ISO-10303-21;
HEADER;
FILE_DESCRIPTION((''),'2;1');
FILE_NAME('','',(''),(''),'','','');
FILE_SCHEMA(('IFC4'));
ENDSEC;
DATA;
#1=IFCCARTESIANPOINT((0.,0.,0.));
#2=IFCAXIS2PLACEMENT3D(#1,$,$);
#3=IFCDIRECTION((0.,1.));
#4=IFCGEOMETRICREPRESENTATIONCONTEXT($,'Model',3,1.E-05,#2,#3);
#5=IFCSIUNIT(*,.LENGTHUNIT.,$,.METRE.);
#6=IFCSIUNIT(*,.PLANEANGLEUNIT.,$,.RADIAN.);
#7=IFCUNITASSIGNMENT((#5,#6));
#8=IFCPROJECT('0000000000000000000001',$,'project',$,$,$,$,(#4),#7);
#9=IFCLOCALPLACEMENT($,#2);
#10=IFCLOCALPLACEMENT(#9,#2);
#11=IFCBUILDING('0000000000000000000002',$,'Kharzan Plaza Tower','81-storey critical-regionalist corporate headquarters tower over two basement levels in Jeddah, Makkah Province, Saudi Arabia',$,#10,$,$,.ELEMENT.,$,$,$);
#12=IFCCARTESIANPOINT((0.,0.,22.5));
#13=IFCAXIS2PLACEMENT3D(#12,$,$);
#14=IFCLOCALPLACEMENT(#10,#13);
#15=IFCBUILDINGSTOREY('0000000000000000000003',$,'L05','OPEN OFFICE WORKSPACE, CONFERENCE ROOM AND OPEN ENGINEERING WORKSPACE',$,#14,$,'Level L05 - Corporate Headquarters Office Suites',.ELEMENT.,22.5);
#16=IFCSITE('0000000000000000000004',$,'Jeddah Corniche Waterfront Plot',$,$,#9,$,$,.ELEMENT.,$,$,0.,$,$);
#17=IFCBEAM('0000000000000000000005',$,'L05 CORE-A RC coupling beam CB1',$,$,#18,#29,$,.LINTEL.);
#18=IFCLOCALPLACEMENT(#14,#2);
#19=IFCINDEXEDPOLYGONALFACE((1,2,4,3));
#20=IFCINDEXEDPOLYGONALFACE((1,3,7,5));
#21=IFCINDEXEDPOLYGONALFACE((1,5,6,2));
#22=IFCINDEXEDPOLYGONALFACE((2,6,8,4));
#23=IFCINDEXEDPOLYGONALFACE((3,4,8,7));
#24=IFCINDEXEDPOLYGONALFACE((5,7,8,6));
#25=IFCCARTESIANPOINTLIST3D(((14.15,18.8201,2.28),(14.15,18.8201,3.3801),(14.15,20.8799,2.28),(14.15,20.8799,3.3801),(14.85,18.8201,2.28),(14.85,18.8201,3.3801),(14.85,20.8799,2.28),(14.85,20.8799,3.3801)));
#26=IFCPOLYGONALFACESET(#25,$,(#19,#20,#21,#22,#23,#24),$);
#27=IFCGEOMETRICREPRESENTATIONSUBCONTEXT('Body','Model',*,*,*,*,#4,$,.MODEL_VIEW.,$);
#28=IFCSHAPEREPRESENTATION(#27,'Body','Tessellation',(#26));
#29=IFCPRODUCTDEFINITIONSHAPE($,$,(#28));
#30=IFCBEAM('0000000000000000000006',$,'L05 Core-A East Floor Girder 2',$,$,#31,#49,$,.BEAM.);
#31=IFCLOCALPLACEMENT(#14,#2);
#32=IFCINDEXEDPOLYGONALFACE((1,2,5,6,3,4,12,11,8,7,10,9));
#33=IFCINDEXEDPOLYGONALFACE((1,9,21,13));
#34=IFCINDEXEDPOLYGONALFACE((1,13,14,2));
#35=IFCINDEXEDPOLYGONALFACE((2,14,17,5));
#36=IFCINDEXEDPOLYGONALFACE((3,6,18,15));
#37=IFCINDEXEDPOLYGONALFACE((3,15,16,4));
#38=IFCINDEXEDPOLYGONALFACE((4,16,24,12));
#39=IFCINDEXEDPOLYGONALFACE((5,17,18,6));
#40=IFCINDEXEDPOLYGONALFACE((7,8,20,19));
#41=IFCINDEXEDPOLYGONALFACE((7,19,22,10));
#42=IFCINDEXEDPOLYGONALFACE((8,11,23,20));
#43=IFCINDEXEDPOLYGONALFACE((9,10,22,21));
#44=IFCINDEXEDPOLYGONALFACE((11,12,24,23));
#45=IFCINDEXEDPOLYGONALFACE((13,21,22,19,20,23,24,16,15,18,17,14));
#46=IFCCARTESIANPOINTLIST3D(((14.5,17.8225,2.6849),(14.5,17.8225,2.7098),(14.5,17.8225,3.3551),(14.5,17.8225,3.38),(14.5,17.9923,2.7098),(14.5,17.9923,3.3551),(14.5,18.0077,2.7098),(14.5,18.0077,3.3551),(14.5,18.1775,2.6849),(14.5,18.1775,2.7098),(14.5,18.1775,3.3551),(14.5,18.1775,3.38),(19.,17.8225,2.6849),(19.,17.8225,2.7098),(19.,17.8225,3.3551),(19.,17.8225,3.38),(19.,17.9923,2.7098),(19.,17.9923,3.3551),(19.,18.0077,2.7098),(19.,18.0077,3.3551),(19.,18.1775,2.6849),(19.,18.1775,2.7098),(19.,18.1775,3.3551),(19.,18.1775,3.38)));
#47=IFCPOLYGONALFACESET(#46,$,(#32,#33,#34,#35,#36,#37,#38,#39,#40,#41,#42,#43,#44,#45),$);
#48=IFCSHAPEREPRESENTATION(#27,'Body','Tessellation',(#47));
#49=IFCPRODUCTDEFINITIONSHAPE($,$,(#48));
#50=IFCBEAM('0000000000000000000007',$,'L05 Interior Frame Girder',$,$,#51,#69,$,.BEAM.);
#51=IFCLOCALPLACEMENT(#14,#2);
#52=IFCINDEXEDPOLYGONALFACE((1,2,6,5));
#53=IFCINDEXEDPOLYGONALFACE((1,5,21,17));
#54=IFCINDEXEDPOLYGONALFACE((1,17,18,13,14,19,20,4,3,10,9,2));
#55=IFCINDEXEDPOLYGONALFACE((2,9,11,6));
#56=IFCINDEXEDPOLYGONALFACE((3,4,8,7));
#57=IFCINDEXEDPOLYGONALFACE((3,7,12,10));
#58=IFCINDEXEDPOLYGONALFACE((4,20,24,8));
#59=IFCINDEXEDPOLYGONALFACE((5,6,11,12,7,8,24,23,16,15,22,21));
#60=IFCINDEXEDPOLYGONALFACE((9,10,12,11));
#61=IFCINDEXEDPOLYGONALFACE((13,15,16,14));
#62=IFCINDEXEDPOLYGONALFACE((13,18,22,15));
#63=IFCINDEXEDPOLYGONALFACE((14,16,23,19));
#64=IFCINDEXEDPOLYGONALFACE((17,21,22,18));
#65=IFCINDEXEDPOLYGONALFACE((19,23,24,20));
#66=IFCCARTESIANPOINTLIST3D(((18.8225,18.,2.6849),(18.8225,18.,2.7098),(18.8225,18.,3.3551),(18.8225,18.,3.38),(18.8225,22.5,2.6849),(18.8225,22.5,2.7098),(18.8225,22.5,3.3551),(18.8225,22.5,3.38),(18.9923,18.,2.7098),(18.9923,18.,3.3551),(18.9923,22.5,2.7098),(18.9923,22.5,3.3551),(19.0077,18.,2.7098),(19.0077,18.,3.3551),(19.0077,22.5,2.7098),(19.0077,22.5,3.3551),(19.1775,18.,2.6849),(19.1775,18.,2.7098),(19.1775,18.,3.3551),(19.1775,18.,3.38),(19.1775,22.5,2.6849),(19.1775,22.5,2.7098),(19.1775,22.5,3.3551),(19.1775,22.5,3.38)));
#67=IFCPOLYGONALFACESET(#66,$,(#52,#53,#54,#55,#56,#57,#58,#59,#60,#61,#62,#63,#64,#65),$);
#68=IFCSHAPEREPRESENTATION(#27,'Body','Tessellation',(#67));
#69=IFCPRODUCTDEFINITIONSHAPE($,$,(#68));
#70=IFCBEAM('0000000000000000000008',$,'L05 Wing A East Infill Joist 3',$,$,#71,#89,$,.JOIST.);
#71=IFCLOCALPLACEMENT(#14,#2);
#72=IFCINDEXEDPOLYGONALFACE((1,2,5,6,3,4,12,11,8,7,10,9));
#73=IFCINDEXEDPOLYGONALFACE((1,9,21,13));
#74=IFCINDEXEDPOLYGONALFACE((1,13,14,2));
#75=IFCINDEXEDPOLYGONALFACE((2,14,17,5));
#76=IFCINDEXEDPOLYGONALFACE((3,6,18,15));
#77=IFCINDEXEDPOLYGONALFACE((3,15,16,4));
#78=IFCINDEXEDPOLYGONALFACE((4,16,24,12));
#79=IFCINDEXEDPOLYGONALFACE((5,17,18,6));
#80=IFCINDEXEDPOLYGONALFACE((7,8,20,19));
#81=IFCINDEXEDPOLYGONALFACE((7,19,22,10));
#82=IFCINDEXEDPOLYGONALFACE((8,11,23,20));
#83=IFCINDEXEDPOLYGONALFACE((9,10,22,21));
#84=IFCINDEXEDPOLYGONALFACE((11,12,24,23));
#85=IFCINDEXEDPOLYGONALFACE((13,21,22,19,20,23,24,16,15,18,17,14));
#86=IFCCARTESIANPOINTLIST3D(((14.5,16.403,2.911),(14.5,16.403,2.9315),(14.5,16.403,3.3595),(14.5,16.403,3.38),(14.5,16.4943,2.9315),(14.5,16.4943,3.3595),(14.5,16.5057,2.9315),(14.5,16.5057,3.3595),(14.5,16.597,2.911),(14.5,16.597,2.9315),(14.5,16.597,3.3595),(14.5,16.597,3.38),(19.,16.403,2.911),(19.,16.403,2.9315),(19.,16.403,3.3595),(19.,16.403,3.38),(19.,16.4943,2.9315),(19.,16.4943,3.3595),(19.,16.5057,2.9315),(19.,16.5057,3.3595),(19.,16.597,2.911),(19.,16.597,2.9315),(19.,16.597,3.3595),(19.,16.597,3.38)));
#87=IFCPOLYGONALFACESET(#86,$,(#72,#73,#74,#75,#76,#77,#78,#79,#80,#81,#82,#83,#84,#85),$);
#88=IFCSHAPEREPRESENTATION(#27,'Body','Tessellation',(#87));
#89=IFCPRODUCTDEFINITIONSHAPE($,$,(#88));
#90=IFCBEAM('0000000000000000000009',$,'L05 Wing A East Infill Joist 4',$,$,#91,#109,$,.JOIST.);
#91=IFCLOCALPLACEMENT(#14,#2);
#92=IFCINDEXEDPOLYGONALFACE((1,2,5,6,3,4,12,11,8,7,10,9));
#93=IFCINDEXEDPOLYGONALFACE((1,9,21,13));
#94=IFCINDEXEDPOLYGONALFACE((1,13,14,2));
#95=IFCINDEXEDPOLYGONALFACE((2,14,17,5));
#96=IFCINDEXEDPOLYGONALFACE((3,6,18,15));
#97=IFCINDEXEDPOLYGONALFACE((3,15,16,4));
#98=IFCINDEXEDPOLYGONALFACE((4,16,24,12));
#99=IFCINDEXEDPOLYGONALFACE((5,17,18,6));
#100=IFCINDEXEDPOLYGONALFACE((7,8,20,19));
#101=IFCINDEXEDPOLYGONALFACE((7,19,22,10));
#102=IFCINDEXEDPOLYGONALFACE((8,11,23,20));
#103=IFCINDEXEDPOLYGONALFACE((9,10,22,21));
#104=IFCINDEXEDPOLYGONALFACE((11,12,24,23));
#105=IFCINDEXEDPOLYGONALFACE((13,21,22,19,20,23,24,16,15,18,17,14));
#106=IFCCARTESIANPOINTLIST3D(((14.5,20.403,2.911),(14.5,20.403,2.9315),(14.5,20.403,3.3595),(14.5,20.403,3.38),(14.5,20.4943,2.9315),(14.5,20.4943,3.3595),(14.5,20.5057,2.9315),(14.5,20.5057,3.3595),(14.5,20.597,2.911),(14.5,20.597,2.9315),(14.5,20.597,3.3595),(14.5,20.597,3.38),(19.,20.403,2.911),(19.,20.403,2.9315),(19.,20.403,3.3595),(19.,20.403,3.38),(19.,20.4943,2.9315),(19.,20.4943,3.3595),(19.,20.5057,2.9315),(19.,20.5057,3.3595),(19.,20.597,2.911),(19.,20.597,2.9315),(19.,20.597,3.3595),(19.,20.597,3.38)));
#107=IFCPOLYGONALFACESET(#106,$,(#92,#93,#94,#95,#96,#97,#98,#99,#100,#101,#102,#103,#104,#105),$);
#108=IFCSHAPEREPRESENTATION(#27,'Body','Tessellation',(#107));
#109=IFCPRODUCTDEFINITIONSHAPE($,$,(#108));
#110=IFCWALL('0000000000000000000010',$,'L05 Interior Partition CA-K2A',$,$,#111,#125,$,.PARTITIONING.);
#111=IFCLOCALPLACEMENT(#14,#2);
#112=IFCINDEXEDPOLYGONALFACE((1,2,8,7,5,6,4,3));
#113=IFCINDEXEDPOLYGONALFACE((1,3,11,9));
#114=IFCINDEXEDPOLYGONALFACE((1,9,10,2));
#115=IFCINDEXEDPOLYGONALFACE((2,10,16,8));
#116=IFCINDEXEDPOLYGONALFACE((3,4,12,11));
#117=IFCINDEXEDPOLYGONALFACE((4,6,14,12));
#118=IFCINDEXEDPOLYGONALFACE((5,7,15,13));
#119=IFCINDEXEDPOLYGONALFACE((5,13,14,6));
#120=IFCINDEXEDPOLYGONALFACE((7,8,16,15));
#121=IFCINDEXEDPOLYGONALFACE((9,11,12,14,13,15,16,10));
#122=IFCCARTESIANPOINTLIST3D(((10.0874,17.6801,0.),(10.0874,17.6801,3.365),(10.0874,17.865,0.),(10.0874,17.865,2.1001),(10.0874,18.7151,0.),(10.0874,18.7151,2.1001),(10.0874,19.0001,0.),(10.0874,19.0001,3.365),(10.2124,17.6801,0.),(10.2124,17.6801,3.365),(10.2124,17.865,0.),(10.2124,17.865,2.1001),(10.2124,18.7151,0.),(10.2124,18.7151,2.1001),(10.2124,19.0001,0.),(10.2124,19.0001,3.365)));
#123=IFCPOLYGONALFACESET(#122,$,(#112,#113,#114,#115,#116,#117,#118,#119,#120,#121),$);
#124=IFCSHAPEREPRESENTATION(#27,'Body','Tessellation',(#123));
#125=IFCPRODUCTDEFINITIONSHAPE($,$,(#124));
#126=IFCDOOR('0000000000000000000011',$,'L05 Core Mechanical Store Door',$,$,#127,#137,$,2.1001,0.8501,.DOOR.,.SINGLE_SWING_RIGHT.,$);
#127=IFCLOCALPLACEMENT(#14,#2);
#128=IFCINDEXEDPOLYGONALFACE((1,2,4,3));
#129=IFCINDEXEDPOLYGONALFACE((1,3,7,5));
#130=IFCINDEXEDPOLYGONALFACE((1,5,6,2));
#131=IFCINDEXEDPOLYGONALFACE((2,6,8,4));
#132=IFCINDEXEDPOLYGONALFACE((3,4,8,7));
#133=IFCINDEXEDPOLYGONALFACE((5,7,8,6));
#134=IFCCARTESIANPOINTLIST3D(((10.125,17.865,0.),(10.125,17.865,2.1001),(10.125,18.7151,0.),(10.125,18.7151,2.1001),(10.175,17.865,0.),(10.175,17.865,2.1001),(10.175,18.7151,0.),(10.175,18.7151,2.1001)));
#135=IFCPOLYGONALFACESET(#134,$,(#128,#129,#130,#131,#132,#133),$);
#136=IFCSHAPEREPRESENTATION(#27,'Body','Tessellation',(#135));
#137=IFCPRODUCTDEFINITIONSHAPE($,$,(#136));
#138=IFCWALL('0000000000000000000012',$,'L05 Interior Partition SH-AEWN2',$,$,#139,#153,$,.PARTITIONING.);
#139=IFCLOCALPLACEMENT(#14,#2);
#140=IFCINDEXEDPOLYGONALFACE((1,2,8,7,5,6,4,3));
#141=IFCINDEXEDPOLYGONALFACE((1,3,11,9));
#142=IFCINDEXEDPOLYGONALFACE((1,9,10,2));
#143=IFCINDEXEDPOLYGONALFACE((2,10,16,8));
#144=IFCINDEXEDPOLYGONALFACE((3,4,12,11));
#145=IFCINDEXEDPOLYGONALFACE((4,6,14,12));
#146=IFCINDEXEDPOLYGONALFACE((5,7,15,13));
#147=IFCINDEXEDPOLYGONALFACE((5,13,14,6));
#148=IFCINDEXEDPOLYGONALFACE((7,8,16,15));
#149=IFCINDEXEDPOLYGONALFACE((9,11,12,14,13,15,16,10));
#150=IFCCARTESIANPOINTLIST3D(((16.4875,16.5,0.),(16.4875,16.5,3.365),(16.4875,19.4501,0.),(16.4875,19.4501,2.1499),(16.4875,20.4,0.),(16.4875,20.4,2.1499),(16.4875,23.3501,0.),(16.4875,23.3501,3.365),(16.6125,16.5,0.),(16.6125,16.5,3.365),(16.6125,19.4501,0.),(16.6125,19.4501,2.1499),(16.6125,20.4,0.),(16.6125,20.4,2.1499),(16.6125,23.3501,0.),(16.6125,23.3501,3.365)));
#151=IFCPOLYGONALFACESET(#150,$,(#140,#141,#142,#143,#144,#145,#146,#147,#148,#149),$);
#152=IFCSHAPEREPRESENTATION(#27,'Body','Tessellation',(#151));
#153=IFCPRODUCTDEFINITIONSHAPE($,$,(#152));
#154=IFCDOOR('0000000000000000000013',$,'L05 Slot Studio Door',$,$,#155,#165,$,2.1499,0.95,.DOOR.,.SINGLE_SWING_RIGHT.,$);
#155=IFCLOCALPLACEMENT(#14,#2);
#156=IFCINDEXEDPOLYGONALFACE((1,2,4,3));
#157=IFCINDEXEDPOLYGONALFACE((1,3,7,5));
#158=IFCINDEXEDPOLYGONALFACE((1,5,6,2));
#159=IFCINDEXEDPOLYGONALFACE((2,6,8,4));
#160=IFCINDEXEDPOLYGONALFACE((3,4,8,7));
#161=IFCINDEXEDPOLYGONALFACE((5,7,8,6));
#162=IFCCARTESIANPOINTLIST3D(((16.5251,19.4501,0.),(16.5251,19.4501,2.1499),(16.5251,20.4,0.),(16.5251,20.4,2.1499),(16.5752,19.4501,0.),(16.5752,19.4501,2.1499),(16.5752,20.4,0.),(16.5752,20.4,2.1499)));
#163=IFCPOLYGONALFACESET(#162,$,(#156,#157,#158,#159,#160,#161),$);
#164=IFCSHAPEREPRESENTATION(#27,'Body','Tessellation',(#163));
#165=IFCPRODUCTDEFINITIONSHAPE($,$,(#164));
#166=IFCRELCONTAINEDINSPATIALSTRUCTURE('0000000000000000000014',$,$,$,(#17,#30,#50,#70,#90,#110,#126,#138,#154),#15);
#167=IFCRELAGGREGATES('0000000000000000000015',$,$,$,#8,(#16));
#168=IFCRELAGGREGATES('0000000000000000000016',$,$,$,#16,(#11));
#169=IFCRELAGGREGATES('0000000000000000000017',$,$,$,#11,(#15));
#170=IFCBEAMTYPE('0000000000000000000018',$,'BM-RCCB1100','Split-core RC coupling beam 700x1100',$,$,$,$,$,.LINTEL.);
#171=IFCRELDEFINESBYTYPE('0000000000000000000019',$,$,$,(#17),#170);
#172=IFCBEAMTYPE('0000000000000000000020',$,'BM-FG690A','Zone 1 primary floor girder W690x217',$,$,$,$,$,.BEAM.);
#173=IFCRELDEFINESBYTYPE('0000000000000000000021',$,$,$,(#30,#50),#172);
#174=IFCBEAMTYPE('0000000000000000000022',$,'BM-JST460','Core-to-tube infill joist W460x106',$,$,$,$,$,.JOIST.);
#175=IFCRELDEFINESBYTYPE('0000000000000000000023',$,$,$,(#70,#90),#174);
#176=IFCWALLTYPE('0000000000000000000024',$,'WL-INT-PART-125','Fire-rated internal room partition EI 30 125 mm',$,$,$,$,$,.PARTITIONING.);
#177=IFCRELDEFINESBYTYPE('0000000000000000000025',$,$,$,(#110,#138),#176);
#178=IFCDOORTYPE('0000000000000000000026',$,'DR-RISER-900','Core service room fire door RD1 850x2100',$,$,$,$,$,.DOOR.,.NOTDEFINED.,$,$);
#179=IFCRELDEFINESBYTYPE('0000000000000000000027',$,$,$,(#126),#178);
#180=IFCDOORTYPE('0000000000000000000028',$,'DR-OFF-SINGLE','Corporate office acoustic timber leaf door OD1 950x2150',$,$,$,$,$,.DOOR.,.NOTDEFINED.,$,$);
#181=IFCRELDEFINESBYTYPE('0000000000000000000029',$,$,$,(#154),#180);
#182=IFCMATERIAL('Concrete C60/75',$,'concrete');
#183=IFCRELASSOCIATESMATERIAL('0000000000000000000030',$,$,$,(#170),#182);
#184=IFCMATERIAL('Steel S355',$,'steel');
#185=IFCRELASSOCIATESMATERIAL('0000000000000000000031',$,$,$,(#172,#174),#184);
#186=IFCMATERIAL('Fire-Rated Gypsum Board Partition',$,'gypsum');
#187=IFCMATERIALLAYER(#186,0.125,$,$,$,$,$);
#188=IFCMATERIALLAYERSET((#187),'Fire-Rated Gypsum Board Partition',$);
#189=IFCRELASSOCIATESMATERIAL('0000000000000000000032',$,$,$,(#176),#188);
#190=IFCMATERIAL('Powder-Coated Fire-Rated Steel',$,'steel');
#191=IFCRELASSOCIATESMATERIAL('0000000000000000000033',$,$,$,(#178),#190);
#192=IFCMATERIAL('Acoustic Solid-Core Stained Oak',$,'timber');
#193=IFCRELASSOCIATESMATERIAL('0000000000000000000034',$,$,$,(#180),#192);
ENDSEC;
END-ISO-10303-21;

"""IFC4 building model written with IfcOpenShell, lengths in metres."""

from ifc_helpers import new_model, si_unit, direction, frame, frame_2d, origin, origin_2d, place, context, subcontext, project, spatial, rectangle, i_section, extrude, source, transform, mapped, material, layer, layer_set, material_profile, profile_set, type_object, element, fill, save


model = new_model("IFC4")

# Units and contexts
model_context = context("Model", 3, precision=1e-05, world=origin(), true_north=direction((0.0, 1.0)))
body_context = subcontext(model_context, "Body", "Model", "MODEL_VIEW")
ifc_project = project(units=[si_unit("LENGTHUNIT", "METRE"), si_unit("PLANEANGLEUNIT", "RADIAN")], contexts=[model_context])

# Site, building, storey
site_placement = place(None, origin())
site = spatial("IfcSite", under=ifc_project, at=site_placement, Name="Jeddah Corniche Waterfront Plot", CompositionType="ELEMENT", RefElevation=0.0)
building_placement = place(site_placement, origin())
building = spatial("IfcBuilding", under=site, at=building_placement, Name="Kharzan Plaza Tower", Description="81-storey critical-regionalist corporate headquarters tower over two basement levels in Jeddah, Makkah Province, Saudi Arabia", CompositionType="ELEMENT")
storey_placement = place(building_placement, frame((0.0, 0.0, 22.5)))
storey = spatial("IfcBuildingStorey", under=building, at=storey_placement, Name="L05", Description="OPEN OFFICE WORKSPACE, CONFERENCE ROOM AND OPEN ENGINEERING WORKSPACE", LongName="Level L05 - Corporate Headquarters Office Suites", CompositionType="ELEMENT", Elevation=22.5)

# Beams
ifc_material_1 = material(Name="Concrete C60/75", Category="concrete")
ifc_material_profile_1 = material_profile(ifc_material_1, rectangle(XDim=0.7, YDim=1.1001, at=origin_2d()), Name="RC-CB1100x700")
ifc_profile_set_1 = profile_set([ifc_material_profile_1], Name="Concrete C60/75")
beam_type_1 = type_object("IfcBeamType", Name="BM-RCCB1100", Description="Split-core RC coupling beam 700x1100", PredefinedType="LINTEL", material=ifc_profile_set_1)
shared_shape_1 = source(origin(), body_context, "Body", "SweptSolid", [
    extrude(rectangle(XDim=0.7, YDim=1.1001, at=origin_2d()), origin(), (0.0, 0.0, 1.0), 2.0598),
])
beam_placement = place(storey_placement, frame((14.5, 18.8201, 2.8301), z_axis=(0.0, 1.0, 0.0), x_axis=(-1.0, 0.0, 0.0)))
element("IfcBeam", 1, at=beam_placement, inside=storey, type_object=beam_type_1, Name="L05 CORE-A RC coupling beam CB1", PredefinedType="LINTEL", context=body_context, shape_type="MappedRepresentation", body=[
    mapped(shared_shape_1, transform((0.0, 0.0, 0.0), x_axis=(1.0, 0.0, 0.0), y_axis=(0.0, 1.0, 0.0), z_axis=(0.0, 0.0, 1.0))),
])
ifc_material_2 = material(Name="Steel S355", Category="steel")
ifc_material_profile_2 = material_profile(ifc_material_2, i_section(OverallWidth=0.355, OverallDepth=0.6951, WebThickness=0.0154, FlangeThickness=0.0249, at=origin_2d()), Name="W690x217")
ifc_profile_set_2 = profile_set([ifc_material_profile_2], Name="Steel S355")
beam_type_2 = type_object("IfcBeamType", Name="BM-FG690A", Description="Zone 1 primary floor girder W690x217", PredefinedType="BEAM", material=ifc_profile_set_2)
shared_shape_2 = source(origin(), body_context, "Body", "SweptSolid", [
    extrude(i_section(OverallWidth=0.355, OverallDepth=0.6951, WebThickness=0.0154, FlangeThickness=0.0249, at=origin_2d()), origin(), (0.0, 0.0, 1.0), 4.5),
])
for number, where, z_axis, x_axis, name in (
    (2, (14.5, 18.0, 3.0325), (1.0, 0.0, 0.0), (0.0, 1.0, 0.0), "L05 Core-A East Floor Girder 2"),
    (3, (19.0, 18.0, 3.0325), (0.0, 1.0, 0.0), (-1.0, 0.0, 0.0), "L05 Interior Frame Girder"),
):
    element("IfcBeam", number, at=place(storey_placement, frame(where, z_axis=z_axis, x_axis=x_axis)), inside=storey, type_object=beam_type_2, Name=name, PredefinedType="BEAM", context=body_context, shape_type="MappedRepresentation", body=[
        mapped(shared_shape_2, transform((0.0, 0.0, 0.0), x_axis=(1.0, 0.0, 0.0), y_axis=(0.0, 1.0, 0.0), z_axis=(0.0, 0.0, 1.0))),
    ])
ifc_material_profile_3 = material_profile(ifc_material_2, i_section(OverallWidth=0.1941, OverallDepth=0.469, WebThickness=0.0115, FlangeThickness=0.0205, at=origin_2d()), Name="W460x106")
ifc_profile_set_3 = profile_set([ifc_material_profile_3], Name="Steel S355")
beam_type_3 = type_object("IfcBeamType", Name="BM-JST460", Description="Core-to-tube infill joist W460x106", PredefinedType="JOIST", material=ifc_profile_set_3)
shared_shape_3 = source(origin(), body_context, "Body", "SweptSolid", [
    extrude(i_section(OverallWidth=0.1941, OverallDepth=0.469, WebThickness=0.0115, FlangeThickness=0.0205, at=origin_2d()), origin(), (0.0, 0.0, 1.0), 4.5),
])
for number, where, z_axis, x_axis, name in (
    (4, (14.5, 16.5, 3.1455), (1.0, 0.0, 0.0), (0.0, 1.0, 0.0), "L05 Wing A East Infill Joist 3"),
    (5, (14.5, 20.5, 3.1455), (1.0, 0.0, 0.0), (0.0, 1.0, 0.0), "L05 Wing A East Infill Joist 4"),
):
    element("IfcBeam", number, at=place(storey_placement, frame(where, z_axis=z_axis, x_axis=x_axis)), inside=storey, type_object=beam_type_3, Name=name, PredefinedType="JOIST", context=body_context, shape_type="MappedRepresentation", body=[
        mapped(shared_shape_3, transform((0.0, 0.0, 0.0), x_axis=(1.0, 0.0, 0.0), y_axis=(0.0, 1.0, 0.0), z_axis=(0.0, 0.0, 1.0))),
    ])

# Walls, openings, doors
ifc_material_3 = material(Name="Fire-Rated Gypsum Board Partition", Category="gypsum")
ifc_layer_1 = layer(ifc_material_3, 0.125)
ifc_layer_set_1 = layer_set([ifc_layer_1], Name="Fire-Rated Gypsum Board Partition")
wall_type_1 = type_object("IfcWallType", Name="WL-INT-PART-125", Description="Fire-rated internal room partition EI 30 125 mm", PredefinedType="PARTITIONING", material=ifc_layer_set_1)
wall_1_placement = place(storey_placement, frame((10.1499, 17.6799, 0.0), z_axis=(0.0, 0.0, 1.0), x_axis=(0.0, 1.0, 0.0)))
wall_1 = element("IfcWall", 6, at=wall_1_placement, inside=storey, type_object=wall_type_1, Name="L05 Interior Partition CA-K2A", PredefinedType="PARTITIONING", context=body_context, shape_type="SweptSolid", body=[
    extrude(rectangle(XDim=1.3201, YDim=0.125, at=frame_2d((0.6602, 0.0))), origin(), (0.0, 0.0, 1.0), 3.365),
])
opening_1_placement = place(wall_1_placement, frame((0.1851, 0.0, 0.0)))
opening_1 = element("IfcOpeningElement", 7, at=opening_1_placement, cuts=wall_1, PredefinedType="OPENING", context=body_context, shape_type="SweptSolid", body=[
    extrude(rectangle(XDim=0.8501, YDim=2.1001, at=frame_2d((0.425, 1.05))), frame((0.0, 0.0725, 0.0), z_axis=(0.0, -1.0, 0.0), x_axis=(1.0, 0.0, 0.0)), (0.0, 0.0, 1.0), 0.145),
])
ifc_material_4 = material(Name="Powder-Coated Fire-Rated Steel", Category="steel")
door_type_1 = type_object("IfcDoorType", Name="DR-RISER-900", Description="Core service room fire door RD1 850x2100", OperationType="NOTDEFINED", PredefinedType="DOOR", material=ifc_material_4)
shared_shape_4 = source(origin(), body_context, "Body", "SweptSolid", [
    extrude(rectangle(XDim=0.8501, YDim=2.1001, at=frame_2d((0.425, 1.05))), frame((0.0, 0.0249, 0.0), z_axis=(0.0, -1.0, 0.0), x_axis=(1.0, 0.0, 0.0)), (0.0, 0.0, 1.0), 0.05),
])
door_1_placement = place(opening_1_placement, origin())
door_1 = element("IfcDoor", 8, at=door_1_placement, inside=storey, type_object=door_type_1, Name="L05 Core Mechanical Store Door", OperationType="SINGLE_SWING_RIGHT", OverallHeight=2.1001, OverallWidth=0.8501, PredefinedType="DOOR", context=body_context, shape_type="MappedRepresentation", body=[
    mapped(shared_shape_4, transform((0.0, 0.0, 0.0), x_axis=(1.0, 0.0, 0.0), y_axis=(0.0, 1.0, 0.0), z_axis=(0.0, 0.0, 1.0))),
])
fill(opening_1, door_1)
wall_2_placement = place(storey_placement, frame((16.55, 16.5, 0.0), z_axis=(0.0, 0.0, 1.0), x_axis=(0.0, 1.0, 0.0)))
wall_2 = element("IfcWall", 9, at=wall_2_placement, inside=storey, type_object=wall_type_1, Name="L05 Interior Partition SH-AEWN2", PredefinedType="PARTITIONING", context=body_context, shape_type="SweptSolid", body=[
    extrude(rectangle(XDim=6.8501, YDim=0.125, at=frame_2d((3.425, 0.0))), origin(), (0.0, 0.0, 1.0), 3.365),
])
opening_2_placement = place(wall_2_placement, frame((2.95, 0.0, 0.0)))
opening_2 = element("IfcOpeningElement", 10, at=opening_2_placement, cuts=wall_2, PredefinedType="OPENING", context=body_context, shape_type="SweptSolid", body=[
    extrude(rectangle(XDim=0.95, YDim=2.1499, at=frame_2d((0.4751, 1.075))), frame((0.0, 0.0725, 0.0), z_axis=(0.0, -1.0, 0.0), x_axis=(1.0, 0.0, 0.0)), (0.0, 0.0, 1.0), 0.145),
])
ifc_material_5 = material(Name="Acoustic Solid-Core Stained Oak", Category="timber")
door_type_2 = type_object("IfcDoorType", Name="DR-OFF-SINGLE", Description="Corporate office acoustic timber leaf door OD1 950x2150", OperationType="NOTDEFINED", PredefinedType="DOOR", material=ifc_material_5)
shared_shape_5 = source(origin(), body_context, "Body", "SweptSolid", [
    extrude(rectangle(XDim=0.95, YDim=2.1499, at=frame_2d((0.4751, 1.075))), frame((0.0, 0.0249, 0.0), z_axis=(0.0, -1.0, 0.0), x_axis=(1.0, 0.0, 0.0)), (0.0, 0.0, 1.0), 0.05),
])
door_2_placement = place(opening_2_placement, origin())
door_2 = element("IfcDoor", 11, at=door_2_placement, inside=storey, type_object=door_type_2, Name="L05 Slot Studio Door", OperationType="SINGLE_SWING_RIGHT", OverallHeight=2.1499, OverallWidth=0.95, PredefinedType="DOOR", context=body_context, shape_type="MappedRepresentation", body=[
    mapped(shared_shape_5, transform((0.0, 0.0, 0.0), x_axis=(1.0, 0.0, 0.0), y_axis=(0.0, 1.0, 0.0), z_axis=(0.0, 0.0, 1.0))),
])
fill(opening_2, door_2)

save(model, "model.ifc")
